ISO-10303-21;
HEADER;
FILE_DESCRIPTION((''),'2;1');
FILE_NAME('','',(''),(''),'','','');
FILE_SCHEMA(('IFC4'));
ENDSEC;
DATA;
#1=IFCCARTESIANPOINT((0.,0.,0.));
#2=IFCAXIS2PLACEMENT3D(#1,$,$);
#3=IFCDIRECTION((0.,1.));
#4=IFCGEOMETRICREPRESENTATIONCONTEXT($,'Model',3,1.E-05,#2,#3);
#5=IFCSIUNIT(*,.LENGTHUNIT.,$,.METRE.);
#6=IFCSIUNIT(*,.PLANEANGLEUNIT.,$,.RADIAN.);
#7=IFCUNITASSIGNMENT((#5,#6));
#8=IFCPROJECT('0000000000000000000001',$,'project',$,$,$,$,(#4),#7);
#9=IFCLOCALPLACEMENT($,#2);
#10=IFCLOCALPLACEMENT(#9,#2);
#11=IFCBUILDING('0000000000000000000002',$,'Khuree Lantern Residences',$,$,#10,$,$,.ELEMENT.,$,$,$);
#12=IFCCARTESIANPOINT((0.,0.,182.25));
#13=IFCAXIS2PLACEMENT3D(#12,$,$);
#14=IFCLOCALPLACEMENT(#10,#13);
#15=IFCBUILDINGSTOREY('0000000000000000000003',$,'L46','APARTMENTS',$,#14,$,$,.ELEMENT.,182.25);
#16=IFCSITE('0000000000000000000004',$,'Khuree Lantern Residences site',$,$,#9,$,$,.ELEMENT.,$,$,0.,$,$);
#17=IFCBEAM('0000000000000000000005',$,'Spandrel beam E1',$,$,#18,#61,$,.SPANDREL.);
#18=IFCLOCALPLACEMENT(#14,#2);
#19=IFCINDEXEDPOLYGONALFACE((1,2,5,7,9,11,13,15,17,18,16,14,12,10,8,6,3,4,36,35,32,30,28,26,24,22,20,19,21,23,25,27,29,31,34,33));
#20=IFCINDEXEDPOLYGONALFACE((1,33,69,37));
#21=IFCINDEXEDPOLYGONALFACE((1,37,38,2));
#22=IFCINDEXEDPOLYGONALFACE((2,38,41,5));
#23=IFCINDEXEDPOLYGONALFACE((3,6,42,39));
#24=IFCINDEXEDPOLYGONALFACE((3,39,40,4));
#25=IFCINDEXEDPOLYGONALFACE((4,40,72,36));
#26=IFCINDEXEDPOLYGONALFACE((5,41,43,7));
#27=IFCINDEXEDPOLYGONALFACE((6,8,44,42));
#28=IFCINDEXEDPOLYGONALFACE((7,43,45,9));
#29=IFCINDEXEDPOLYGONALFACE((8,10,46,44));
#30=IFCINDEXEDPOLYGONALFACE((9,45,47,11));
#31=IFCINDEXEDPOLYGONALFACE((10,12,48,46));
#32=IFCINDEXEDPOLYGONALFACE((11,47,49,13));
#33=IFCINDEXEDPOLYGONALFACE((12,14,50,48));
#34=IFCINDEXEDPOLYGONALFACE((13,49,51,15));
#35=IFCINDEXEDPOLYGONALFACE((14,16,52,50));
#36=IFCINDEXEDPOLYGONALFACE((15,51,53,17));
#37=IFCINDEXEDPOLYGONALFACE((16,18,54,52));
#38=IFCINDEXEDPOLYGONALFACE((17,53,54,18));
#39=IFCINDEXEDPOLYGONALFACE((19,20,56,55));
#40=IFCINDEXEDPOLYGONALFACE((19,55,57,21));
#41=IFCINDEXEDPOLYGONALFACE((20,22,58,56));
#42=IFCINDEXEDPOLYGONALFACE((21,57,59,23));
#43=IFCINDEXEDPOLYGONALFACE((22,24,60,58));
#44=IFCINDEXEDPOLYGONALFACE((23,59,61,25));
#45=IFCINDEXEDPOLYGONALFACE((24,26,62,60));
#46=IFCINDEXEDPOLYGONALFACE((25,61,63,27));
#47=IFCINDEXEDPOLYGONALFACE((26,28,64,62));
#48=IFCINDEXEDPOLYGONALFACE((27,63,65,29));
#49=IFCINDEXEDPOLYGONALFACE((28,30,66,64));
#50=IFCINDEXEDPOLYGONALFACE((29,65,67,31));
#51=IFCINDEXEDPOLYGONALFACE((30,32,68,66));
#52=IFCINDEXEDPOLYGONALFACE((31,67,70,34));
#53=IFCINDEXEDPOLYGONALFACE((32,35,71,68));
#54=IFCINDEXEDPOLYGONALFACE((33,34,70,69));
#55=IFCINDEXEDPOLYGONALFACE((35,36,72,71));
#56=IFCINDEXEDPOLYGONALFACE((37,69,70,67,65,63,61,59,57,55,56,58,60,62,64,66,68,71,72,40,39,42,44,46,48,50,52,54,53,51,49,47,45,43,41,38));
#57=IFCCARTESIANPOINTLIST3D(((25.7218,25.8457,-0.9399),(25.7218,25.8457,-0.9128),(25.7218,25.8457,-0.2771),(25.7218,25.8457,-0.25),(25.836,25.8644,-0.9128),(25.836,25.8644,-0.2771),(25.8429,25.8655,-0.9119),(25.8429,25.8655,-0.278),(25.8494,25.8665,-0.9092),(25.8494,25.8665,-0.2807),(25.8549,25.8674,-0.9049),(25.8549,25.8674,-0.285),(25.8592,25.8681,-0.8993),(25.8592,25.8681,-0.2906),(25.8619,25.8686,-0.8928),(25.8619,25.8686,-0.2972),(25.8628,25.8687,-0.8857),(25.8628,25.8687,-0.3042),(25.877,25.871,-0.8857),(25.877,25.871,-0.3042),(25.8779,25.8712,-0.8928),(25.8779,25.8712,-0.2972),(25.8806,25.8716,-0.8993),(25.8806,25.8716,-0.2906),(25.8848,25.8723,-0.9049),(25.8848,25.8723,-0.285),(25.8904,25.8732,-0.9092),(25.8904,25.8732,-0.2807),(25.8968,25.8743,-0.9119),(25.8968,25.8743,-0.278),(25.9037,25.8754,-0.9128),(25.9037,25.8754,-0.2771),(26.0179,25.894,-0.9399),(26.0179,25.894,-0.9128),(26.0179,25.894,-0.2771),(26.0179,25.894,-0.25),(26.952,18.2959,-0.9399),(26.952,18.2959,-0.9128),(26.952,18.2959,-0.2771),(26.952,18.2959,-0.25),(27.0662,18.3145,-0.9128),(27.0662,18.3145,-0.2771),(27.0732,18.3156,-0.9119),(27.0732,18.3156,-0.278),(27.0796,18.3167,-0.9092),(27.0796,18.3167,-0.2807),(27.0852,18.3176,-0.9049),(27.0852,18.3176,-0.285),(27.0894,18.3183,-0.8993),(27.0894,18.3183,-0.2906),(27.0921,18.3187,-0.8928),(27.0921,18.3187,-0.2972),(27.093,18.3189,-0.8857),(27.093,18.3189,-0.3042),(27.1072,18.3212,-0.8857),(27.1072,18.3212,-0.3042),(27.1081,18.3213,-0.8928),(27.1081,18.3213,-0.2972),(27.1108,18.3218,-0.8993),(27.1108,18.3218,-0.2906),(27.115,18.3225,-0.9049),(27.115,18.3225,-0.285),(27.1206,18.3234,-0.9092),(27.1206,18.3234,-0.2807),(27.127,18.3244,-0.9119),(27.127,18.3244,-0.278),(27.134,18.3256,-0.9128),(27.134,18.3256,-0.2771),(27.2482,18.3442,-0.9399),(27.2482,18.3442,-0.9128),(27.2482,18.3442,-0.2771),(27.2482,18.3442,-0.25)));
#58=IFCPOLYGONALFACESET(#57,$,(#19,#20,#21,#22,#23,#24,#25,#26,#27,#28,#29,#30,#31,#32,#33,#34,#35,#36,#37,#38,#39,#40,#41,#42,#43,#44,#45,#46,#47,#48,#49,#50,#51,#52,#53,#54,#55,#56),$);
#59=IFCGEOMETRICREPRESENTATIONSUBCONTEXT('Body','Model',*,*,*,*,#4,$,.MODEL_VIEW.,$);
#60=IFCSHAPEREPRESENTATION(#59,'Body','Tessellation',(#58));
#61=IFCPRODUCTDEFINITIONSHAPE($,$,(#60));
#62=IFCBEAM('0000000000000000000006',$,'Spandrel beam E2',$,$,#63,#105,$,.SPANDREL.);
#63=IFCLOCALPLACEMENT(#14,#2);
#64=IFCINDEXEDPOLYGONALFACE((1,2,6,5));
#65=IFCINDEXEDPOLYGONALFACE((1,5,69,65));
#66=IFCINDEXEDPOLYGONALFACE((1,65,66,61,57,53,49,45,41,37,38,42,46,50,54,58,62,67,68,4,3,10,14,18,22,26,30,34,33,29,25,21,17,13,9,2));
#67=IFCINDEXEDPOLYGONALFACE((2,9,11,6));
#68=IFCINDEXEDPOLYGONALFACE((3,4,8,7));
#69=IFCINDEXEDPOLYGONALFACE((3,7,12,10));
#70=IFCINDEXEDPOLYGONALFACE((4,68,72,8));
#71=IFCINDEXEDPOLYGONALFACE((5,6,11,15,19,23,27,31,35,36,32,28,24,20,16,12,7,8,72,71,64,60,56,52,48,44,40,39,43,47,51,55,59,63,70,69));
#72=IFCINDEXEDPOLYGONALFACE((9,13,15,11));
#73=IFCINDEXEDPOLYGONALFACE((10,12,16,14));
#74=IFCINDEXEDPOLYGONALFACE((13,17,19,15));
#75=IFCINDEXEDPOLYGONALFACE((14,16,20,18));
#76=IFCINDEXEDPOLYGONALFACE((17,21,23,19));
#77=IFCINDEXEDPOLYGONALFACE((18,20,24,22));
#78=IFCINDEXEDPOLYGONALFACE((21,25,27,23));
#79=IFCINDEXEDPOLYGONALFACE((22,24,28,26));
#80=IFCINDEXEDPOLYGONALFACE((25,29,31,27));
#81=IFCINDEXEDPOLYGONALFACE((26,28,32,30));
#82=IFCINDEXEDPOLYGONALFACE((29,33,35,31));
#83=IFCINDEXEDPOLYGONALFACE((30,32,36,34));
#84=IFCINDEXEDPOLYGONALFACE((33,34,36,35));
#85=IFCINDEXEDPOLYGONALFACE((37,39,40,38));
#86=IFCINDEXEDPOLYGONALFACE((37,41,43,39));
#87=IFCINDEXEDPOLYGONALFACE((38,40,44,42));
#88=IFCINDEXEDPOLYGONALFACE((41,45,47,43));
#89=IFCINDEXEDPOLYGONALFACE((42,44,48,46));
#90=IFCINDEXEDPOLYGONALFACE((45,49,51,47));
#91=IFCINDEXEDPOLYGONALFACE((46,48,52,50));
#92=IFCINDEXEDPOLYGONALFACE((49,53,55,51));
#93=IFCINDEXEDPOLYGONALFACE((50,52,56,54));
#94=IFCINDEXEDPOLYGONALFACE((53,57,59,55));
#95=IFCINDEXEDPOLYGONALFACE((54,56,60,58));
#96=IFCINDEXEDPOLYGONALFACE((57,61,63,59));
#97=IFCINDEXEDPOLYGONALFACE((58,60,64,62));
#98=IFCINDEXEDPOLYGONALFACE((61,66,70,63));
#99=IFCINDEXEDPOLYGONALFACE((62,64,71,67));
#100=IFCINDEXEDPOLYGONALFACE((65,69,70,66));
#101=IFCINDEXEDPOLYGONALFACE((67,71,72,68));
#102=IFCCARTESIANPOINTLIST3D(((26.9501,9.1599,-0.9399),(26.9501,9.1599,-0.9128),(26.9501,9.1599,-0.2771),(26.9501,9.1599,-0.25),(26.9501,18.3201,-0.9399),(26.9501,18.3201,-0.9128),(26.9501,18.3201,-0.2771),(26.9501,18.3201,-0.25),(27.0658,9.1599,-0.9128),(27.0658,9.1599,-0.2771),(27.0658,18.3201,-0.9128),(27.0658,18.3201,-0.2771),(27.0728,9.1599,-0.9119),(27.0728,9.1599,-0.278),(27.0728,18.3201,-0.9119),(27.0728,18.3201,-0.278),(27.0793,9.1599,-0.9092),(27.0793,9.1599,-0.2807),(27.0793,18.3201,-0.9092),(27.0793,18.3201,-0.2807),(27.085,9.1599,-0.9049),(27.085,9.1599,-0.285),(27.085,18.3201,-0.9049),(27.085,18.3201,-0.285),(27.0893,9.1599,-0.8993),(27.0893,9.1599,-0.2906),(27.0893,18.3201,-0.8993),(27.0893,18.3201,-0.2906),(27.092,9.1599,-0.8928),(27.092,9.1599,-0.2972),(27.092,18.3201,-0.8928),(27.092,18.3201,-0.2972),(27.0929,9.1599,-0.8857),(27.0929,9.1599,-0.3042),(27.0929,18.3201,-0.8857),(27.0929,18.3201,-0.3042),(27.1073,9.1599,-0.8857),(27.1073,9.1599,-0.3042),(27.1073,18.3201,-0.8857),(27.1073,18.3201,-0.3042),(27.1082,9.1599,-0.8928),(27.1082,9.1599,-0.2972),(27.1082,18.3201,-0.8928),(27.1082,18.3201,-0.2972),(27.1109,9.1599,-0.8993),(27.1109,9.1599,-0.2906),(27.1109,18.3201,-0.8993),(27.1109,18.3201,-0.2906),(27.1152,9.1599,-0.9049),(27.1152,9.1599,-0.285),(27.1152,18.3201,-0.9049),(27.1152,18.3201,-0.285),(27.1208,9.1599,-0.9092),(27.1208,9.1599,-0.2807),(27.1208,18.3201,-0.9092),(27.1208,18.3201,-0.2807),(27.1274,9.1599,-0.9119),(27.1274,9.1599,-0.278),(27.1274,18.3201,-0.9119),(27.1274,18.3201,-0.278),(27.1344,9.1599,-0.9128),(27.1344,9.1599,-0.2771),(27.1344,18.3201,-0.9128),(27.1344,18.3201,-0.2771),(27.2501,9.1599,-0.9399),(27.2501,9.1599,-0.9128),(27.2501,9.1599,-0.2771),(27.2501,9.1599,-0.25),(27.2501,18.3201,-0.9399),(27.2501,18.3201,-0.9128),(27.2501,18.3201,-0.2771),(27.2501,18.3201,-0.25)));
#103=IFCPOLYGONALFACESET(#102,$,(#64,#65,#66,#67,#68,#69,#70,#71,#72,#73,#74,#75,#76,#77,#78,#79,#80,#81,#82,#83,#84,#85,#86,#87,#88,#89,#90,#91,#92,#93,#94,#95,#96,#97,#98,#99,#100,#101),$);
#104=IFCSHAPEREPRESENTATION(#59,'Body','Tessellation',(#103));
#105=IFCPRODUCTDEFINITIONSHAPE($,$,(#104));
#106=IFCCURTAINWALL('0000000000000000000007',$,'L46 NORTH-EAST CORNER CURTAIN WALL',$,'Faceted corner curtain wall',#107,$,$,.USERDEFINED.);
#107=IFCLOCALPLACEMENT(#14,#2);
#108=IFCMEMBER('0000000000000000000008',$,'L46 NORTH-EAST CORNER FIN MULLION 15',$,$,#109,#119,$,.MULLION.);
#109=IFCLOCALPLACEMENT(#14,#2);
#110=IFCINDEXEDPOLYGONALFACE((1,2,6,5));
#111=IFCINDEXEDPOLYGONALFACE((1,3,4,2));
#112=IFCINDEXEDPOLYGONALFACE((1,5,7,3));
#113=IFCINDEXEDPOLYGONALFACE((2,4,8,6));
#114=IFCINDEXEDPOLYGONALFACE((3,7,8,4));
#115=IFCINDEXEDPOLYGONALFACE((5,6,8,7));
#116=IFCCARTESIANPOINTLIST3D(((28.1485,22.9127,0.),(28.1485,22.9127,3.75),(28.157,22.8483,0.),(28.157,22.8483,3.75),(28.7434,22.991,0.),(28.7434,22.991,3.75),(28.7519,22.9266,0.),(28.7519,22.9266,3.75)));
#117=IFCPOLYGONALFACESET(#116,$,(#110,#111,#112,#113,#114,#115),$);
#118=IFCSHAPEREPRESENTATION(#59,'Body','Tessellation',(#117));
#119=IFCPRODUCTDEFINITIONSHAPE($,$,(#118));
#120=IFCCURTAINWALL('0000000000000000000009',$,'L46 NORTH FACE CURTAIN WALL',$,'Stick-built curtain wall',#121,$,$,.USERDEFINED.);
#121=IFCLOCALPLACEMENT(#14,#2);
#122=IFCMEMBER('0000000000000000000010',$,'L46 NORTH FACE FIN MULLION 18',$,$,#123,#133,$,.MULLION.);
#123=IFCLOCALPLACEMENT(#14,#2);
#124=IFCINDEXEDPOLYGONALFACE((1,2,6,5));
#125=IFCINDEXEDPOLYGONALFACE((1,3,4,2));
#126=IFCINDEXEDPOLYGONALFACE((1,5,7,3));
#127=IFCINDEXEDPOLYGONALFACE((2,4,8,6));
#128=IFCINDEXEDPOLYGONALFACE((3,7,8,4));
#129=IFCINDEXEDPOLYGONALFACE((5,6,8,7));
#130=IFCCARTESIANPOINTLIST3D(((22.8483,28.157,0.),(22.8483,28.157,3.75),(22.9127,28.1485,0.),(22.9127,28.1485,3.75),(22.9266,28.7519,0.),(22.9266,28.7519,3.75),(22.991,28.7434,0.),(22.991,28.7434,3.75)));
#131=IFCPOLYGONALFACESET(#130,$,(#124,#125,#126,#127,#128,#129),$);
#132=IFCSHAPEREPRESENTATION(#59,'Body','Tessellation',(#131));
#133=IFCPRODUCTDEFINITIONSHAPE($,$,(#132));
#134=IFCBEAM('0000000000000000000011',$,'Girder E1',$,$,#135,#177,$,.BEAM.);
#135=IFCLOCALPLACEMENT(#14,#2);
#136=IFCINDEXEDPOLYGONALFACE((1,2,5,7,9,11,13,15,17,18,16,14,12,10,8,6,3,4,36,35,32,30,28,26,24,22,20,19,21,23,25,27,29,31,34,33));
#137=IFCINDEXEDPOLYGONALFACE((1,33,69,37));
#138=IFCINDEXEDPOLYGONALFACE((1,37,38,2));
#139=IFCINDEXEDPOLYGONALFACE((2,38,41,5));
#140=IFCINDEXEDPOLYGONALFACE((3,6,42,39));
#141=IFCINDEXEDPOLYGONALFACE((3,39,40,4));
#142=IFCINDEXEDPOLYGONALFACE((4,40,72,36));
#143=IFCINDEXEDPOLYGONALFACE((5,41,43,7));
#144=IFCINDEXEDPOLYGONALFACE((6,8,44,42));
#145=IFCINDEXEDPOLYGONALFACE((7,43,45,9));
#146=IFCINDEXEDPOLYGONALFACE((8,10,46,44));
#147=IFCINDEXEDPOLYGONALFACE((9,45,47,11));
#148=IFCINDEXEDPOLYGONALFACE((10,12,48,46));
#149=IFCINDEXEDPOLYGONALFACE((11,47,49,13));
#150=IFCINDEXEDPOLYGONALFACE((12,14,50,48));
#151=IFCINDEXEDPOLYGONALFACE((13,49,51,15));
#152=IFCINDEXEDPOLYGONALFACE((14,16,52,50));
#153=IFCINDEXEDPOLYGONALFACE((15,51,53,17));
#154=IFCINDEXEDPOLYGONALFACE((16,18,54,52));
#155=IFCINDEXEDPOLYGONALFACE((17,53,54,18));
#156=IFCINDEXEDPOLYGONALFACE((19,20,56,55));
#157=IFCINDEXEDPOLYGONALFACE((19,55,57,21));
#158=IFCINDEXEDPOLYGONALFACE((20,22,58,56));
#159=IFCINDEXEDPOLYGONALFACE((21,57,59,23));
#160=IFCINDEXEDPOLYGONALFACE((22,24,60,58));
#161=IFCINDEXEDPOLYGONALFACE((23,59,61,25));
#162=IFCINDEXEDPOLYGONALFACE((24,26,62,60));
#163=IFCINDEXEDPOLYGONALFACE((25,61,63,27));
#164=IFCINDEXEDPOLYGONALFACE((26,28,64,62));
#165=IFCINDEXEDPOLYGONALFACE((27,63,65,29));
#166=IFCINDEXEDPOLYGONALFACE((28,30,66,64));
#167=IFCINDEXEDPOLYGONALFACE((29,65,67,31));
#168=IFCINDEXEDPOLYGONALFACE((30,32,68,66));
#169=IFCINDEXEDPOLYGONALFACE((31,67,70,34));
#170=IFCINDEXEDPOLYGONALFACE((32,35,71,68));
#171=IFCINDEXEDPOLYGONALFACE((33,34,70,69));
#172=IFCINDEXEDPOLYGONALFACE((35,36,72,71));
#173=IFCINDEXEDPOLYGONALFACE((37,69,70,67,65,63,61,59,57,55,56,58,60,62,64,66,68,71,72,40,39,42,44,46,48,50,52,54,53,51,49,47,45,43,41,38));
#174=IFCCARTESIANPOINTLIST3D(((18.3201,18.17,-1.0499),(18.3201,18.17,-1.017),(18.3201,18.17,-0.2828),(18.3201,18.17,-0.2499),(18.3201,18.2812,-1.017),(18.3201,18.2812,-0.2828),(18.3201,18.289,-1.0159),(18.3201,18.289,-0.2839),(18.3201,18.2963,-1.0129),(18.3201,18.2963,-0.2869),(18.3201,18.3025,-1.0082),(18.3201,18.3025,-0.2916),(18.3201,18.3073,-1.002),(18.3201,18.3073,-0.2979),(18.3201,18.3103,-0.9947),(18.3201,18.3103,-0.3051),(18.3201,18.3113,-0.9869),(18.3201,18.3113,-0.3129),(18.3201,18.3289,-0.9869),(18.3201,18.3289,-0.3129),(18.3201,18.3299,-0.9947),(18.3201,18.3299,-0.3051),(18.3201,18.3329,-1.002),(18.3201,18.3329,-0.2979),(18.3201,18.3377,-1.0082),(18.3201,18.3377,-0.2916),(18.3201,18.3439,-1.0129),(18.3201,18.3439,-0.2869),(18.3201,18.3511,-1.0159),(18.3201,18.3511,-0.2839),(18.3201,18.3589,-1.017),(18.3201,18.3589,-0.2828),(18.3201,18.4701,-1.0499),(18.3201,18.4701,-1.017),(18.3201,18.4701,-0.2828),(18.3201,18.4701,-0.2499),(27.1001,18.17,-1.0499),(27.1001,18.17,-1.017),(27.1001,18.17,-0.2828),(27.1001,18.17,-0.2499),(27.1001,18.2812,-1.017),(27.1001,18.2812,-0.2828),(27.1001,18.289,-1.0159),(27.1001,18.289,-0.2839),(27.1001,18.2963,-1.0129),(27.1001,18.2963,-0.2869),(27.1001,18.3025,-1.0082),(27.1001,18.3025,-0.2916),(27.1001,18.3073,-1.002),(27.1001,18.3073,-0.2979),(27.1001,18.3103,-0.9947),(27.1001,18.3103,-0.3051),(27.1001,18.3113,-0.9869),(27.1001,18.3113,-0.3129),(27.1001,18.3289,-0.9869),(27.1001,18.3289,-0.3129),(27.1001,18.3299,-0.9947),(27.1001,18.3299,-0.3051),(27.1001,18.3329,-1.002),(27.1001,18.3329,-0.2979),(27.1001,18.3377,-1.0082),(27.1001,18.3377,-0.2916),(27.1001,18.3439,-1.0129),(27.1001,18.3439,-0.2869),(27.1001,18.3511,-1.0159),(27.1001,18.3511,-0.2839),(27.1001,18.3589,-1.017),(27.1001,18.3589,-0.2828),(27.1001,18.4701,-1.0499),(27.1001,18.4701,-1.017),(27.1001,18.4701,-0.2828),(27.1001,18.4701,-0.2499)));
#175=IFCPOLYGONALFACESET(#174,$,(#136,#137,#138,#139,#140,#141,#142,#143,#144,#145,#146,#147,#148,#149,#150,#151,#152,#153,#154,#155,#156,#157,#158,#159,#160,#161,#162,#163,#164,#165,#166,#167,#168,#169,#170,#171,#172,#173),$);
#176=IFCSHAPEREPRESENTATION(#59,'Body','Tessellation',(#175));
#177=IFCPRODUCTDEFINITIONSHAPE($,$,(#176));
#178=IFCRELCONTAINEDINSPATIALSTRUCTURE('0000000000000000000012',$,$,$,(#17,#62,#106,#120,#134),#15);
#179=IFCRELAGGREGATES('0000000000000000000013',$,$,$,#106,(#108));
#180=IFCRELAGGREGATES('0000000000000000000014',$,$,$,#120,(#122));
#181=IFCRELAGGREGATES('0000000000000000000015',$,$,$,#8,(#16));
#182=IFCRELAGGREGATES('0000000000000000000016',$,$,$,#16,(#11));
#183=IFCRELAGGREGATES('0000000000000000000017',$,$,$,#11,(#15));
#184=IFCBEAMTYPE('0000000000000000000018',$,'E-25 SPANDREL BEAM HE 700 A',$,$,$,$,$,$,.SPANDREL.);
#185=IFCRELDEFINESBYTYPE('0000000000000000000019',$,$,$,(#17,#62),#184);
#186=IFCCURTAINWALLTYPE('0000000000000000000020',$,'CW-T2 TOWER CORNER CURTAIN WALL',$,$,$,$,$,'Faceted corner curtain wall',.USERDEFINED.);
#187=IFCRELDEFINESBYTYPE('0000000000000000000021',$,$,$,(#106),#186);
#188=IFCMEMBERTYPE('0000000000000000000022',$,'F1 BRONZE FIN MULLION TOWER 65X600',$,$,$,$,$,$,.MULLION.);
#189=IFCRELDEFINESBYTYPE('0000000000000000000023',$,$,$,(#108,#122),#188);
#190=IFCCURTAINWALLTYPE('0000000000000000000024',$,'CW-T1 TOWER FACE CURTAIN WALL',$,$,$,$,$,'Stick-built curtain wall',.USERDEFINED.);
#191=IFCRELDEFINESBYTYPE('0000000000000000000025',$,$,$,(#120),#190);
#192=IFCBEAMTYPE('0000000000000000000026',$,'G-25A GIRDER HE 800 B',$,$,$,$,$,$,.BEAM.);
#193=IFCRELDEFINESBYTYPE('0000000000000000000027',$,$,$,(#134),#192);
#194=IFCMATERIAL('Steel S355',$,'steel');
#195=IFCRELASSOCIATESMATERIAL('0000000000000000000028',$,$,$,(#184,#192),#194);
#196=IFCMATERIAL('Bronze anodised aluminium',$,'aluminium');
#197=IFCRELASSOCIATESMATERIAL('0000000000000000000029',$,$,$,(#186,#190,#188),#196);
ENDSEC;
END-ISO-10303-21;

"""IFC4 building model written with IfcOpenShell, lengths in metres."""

from ifc_helpers import new_model, si_unit, direction, frame, origin, origin_2d, place, context, subcontext, project, spatial, rectangle, i_section, extrude, material, material_profile, profile_set, type_object, element, aggregate, save


model = new_model("IFC4")

# Units and contexts
model_context = context("Model", 3, precision=1e-05, world=origin(), true_north=direction((0.0, 1.0)))
body_context = subcontext(model_context, "Body", "Model", "MODEL_VIEW")
ifc_project = project(units=[si_unit("LENGTHUNIT", "METRE"), si_unit("PLANEANGLEUNIT", "RADIAN")], contexts=[model_context])

# Site, building, storey
site_placement = place(None, origin())
site = spatial("IfcSite", under=ifc_project, at=site_placement, Name="Khuree Lantern Residences site", CompositionType="ELEMENT", RefElevation=0.0)
building_placement = place(site_placement, origin())
building = spatial("IfcBuilding", under=site, at=building_placement, Name="Khuree Lantern Residences", CompositionType="ELEMENT")
storey_placement = place(building_placement, frame((0.0, 0.0, 182.25)))
storey = spatial("IfcBuildingStorey", under=building, at=storey_placement, Name="L46", Description="APARTMENTS", CompositionType="ELEMENT", Elevation=182.25)

# Beams
ifc_material_1 = material(Name="Steel S355", Category="steel")
ifc_material_profile_1 = material_profile(ifc_material_1, i_section(OverallWidth=0.3, OverallDepth=0.6899, WebThickness=0.0144, FlangeThickness=0.0271, FilletRadius=0.0271, at=origin_2d()), Name="HE 700 A")
ifc_profile_set_1 = profile_set([ifc_material_profile_1], Name="Steel S355")
beam_type_1 = type_object("IfcBeamType", Name="E-25 SPANDREL BEAM HE 700 A", PredefinedType="SPANDREL", material=ifc_profile_set_1)
for number, where, z_axis, x_axis, name in (
    (1, (25.8699, 25.8699, -0.595), (0.160827, -0.986983, 0.0), (0.986983, 0.160827, 0.0), "Spandrel beam E1"),
):
    element("IfcBeam", number, at=place(storey_placement, frame(where, z_axis=z_axis, x_axis=x_axis)), inside=storey, type_object=beam_type_1, Name=name, PredefinedType="SPANDREL", context=body_context, shape_type="SweptSolid", body=[
        extrude(i_section(OverallWidth=0.3, OverallDepth=0.6899, WebThickness=0.0144, FlangeThickness=0.0271, FilletRadius=0.0271, at=origin_2d()), origin(), (0.0, 0.0, 1.0), 7.6494),
    ])
beam_1_placement = place(storey_placement, frame((27.1001, 18.3201, -0.595), z_axis=(0.0, -1.0, 0.0), x_axis=(1.0, 0.0, 0.0)))
element("IfcBeam", 2, at=beam_1_placement, inside=storey, type_object=beam_type_1, Name="Spandrel beam E2", PredefinedType="SPANDREL", context=body_context, shape_type="SweptSolid", body=[
    extrude(i_section(OverallWidth=0.3, OverallDepth=0.6899, WebThickness=0.0144, FlangeThickness=0.0271, FilletRadius=0.0271, at=origin_2d()), origin(), (0.0, 0.0, 1.0), 9.1602),
])

# Curtain walls, members
ifc_material_2 = material(Name="Bronze anodised aluminium", Category="aluminium")
curtain_wall_type_1 = type_object("IfcCurtainWallType", Name="CW-T2 TOWER CORNER CURTAIN WALL", ElementType="Faceted corner curtain wall", PredefinedType="USERDEFINED", material=ifc_material_2)
curtain_wall_1_placement = place(storey_placement, origin())
curtain_wall_1 = element("IfcCurtainWall", 3, at=curtain_wall_1_placement, inside=storey, type_object=curtain_wall_type_1, Name="L46 NORTH-EAST CORNER CURTAIN WALL", ObjectType="Faceted corner curtain wall", PredefinedType="USERDEFINED")
ifc_material_profile_2 = material_profile(ifc_material_2, rectangle(XDim=0.0649, YDim=0.6001, at=origin_2d()), Name="F1 65X600")
ifc_profile_set_2 = profile_set([ifc_material_profile_2], Name="Bronze anodised aluminium")
member_type_1 = type_object("IfcMemberType", Name="F1 BRONZE FIN MULLION TOWER 65X600", PredefinedType="MULLION", material=ifc_profile_set_2)
member_1_placement = place(storey_placement, frame((28.4502, 22.9197, 0.0), z_axis=(0.0, 0.0, 1.0), x_axis=(-0.130526, 0.991445, 0.0)))
member_1 = element("IfcMember", 4, at=member_1_placement, type_object=member_type_1, Name="L46 NORTH-EAST CORNER FIN MULLION 15", PredefinedType="MULLION", context=body_context, shape_type="SweptSolid", body=[
    extrude(rectangle(XDim=0.0649, YDim=0.6001, at=origin_2d()), origin(), (0.0, 0.0, 1.0), 3.75),
])
curtain_wall_type_2 = type_object("IfcCurtainWallType", Name="CW-T1 TOWER FACE CURTAIN WALL", ElementType="Stick-built curtain wall", PredefinedType="USERDEFINED", material=ifc_material_2)
curtain_wall_2_placement = place(storey_placement, origin())
curtain_wall_2 = element("IfcCurtainWall", 5, at=curtain_wall_2_placement, inside=storey, type_object=curtain_wall_type_2, Name="L46 NORTH FACE CURTAIN WALL", ObjectType="Stick-built curtain wall", PredefinedType="USERDEFINED")
member_2_placement = place(storey_placement, frame((22.9197, 28.4502, 0.0), z_axis=(0.0, 0.0, 1.0), x_axis=(-0.991445, 0.130526, 0.0)))
member_2 = element("IfcMember", 6, at=member_2_placement, type_object=member_type_1, Name="L46 NORTH FACE FIN MULLION 18", PredefinedType="MULLION", context=body_context, shape_type="SweptSolid", body=[
    extrude(rectangle(XDim=0.0649, YDim=0.6001, at=origin_2d()), origin(), (0.0, 0.0, 1.0), 3.75),
])

# Beam
ifc_material_profile_3 = material_profile(ifc_material_1, i_section(OverallWidth=0.3, OverallDepth=0.8, WebThickness=0.0176, FlangeThickness=0.033, FilletRadius=0.03, at=origin_2d()), Name="HE 800 B")
ifc_profile_set_3 = profile_set([ifc_material_profile_3], Name="Steel S355")
beam_type_2 = type_object("IfcBeamType", Name="G-25A GIRDER HE 800 B", PredefinedType="BEAM", material=ifc_profile_set_3)
beam_2_placement = place(storey_placement, frame((27.1001, 18.3201, -0.6499), z_axis=(-1.0, 0.0, 0.0), x_axis=(0.0, -1.0, 0.0)))
element("IfcBeam", 7, at=beam_2_placement, inside=storey, type_object=beam_type_2, Name="Girder E1", PredefinedType="BEAM", context=body_context, shape_type="SweptSolid", body=[
    extrude(i_section(OverallWidth=0.3, OverallDepth=0.8, WebThickness=0.0176, FlangeThickness=0.033, FilletRadius=0.03, at=origin_2d()), origin(), (0.0, 0.0, 1.0), 8.78),
])

aggregate(curtain_wall_1, [member_1])
aggregate(curtain_wall_2, [member_2])

save(model, "model.ifc")
